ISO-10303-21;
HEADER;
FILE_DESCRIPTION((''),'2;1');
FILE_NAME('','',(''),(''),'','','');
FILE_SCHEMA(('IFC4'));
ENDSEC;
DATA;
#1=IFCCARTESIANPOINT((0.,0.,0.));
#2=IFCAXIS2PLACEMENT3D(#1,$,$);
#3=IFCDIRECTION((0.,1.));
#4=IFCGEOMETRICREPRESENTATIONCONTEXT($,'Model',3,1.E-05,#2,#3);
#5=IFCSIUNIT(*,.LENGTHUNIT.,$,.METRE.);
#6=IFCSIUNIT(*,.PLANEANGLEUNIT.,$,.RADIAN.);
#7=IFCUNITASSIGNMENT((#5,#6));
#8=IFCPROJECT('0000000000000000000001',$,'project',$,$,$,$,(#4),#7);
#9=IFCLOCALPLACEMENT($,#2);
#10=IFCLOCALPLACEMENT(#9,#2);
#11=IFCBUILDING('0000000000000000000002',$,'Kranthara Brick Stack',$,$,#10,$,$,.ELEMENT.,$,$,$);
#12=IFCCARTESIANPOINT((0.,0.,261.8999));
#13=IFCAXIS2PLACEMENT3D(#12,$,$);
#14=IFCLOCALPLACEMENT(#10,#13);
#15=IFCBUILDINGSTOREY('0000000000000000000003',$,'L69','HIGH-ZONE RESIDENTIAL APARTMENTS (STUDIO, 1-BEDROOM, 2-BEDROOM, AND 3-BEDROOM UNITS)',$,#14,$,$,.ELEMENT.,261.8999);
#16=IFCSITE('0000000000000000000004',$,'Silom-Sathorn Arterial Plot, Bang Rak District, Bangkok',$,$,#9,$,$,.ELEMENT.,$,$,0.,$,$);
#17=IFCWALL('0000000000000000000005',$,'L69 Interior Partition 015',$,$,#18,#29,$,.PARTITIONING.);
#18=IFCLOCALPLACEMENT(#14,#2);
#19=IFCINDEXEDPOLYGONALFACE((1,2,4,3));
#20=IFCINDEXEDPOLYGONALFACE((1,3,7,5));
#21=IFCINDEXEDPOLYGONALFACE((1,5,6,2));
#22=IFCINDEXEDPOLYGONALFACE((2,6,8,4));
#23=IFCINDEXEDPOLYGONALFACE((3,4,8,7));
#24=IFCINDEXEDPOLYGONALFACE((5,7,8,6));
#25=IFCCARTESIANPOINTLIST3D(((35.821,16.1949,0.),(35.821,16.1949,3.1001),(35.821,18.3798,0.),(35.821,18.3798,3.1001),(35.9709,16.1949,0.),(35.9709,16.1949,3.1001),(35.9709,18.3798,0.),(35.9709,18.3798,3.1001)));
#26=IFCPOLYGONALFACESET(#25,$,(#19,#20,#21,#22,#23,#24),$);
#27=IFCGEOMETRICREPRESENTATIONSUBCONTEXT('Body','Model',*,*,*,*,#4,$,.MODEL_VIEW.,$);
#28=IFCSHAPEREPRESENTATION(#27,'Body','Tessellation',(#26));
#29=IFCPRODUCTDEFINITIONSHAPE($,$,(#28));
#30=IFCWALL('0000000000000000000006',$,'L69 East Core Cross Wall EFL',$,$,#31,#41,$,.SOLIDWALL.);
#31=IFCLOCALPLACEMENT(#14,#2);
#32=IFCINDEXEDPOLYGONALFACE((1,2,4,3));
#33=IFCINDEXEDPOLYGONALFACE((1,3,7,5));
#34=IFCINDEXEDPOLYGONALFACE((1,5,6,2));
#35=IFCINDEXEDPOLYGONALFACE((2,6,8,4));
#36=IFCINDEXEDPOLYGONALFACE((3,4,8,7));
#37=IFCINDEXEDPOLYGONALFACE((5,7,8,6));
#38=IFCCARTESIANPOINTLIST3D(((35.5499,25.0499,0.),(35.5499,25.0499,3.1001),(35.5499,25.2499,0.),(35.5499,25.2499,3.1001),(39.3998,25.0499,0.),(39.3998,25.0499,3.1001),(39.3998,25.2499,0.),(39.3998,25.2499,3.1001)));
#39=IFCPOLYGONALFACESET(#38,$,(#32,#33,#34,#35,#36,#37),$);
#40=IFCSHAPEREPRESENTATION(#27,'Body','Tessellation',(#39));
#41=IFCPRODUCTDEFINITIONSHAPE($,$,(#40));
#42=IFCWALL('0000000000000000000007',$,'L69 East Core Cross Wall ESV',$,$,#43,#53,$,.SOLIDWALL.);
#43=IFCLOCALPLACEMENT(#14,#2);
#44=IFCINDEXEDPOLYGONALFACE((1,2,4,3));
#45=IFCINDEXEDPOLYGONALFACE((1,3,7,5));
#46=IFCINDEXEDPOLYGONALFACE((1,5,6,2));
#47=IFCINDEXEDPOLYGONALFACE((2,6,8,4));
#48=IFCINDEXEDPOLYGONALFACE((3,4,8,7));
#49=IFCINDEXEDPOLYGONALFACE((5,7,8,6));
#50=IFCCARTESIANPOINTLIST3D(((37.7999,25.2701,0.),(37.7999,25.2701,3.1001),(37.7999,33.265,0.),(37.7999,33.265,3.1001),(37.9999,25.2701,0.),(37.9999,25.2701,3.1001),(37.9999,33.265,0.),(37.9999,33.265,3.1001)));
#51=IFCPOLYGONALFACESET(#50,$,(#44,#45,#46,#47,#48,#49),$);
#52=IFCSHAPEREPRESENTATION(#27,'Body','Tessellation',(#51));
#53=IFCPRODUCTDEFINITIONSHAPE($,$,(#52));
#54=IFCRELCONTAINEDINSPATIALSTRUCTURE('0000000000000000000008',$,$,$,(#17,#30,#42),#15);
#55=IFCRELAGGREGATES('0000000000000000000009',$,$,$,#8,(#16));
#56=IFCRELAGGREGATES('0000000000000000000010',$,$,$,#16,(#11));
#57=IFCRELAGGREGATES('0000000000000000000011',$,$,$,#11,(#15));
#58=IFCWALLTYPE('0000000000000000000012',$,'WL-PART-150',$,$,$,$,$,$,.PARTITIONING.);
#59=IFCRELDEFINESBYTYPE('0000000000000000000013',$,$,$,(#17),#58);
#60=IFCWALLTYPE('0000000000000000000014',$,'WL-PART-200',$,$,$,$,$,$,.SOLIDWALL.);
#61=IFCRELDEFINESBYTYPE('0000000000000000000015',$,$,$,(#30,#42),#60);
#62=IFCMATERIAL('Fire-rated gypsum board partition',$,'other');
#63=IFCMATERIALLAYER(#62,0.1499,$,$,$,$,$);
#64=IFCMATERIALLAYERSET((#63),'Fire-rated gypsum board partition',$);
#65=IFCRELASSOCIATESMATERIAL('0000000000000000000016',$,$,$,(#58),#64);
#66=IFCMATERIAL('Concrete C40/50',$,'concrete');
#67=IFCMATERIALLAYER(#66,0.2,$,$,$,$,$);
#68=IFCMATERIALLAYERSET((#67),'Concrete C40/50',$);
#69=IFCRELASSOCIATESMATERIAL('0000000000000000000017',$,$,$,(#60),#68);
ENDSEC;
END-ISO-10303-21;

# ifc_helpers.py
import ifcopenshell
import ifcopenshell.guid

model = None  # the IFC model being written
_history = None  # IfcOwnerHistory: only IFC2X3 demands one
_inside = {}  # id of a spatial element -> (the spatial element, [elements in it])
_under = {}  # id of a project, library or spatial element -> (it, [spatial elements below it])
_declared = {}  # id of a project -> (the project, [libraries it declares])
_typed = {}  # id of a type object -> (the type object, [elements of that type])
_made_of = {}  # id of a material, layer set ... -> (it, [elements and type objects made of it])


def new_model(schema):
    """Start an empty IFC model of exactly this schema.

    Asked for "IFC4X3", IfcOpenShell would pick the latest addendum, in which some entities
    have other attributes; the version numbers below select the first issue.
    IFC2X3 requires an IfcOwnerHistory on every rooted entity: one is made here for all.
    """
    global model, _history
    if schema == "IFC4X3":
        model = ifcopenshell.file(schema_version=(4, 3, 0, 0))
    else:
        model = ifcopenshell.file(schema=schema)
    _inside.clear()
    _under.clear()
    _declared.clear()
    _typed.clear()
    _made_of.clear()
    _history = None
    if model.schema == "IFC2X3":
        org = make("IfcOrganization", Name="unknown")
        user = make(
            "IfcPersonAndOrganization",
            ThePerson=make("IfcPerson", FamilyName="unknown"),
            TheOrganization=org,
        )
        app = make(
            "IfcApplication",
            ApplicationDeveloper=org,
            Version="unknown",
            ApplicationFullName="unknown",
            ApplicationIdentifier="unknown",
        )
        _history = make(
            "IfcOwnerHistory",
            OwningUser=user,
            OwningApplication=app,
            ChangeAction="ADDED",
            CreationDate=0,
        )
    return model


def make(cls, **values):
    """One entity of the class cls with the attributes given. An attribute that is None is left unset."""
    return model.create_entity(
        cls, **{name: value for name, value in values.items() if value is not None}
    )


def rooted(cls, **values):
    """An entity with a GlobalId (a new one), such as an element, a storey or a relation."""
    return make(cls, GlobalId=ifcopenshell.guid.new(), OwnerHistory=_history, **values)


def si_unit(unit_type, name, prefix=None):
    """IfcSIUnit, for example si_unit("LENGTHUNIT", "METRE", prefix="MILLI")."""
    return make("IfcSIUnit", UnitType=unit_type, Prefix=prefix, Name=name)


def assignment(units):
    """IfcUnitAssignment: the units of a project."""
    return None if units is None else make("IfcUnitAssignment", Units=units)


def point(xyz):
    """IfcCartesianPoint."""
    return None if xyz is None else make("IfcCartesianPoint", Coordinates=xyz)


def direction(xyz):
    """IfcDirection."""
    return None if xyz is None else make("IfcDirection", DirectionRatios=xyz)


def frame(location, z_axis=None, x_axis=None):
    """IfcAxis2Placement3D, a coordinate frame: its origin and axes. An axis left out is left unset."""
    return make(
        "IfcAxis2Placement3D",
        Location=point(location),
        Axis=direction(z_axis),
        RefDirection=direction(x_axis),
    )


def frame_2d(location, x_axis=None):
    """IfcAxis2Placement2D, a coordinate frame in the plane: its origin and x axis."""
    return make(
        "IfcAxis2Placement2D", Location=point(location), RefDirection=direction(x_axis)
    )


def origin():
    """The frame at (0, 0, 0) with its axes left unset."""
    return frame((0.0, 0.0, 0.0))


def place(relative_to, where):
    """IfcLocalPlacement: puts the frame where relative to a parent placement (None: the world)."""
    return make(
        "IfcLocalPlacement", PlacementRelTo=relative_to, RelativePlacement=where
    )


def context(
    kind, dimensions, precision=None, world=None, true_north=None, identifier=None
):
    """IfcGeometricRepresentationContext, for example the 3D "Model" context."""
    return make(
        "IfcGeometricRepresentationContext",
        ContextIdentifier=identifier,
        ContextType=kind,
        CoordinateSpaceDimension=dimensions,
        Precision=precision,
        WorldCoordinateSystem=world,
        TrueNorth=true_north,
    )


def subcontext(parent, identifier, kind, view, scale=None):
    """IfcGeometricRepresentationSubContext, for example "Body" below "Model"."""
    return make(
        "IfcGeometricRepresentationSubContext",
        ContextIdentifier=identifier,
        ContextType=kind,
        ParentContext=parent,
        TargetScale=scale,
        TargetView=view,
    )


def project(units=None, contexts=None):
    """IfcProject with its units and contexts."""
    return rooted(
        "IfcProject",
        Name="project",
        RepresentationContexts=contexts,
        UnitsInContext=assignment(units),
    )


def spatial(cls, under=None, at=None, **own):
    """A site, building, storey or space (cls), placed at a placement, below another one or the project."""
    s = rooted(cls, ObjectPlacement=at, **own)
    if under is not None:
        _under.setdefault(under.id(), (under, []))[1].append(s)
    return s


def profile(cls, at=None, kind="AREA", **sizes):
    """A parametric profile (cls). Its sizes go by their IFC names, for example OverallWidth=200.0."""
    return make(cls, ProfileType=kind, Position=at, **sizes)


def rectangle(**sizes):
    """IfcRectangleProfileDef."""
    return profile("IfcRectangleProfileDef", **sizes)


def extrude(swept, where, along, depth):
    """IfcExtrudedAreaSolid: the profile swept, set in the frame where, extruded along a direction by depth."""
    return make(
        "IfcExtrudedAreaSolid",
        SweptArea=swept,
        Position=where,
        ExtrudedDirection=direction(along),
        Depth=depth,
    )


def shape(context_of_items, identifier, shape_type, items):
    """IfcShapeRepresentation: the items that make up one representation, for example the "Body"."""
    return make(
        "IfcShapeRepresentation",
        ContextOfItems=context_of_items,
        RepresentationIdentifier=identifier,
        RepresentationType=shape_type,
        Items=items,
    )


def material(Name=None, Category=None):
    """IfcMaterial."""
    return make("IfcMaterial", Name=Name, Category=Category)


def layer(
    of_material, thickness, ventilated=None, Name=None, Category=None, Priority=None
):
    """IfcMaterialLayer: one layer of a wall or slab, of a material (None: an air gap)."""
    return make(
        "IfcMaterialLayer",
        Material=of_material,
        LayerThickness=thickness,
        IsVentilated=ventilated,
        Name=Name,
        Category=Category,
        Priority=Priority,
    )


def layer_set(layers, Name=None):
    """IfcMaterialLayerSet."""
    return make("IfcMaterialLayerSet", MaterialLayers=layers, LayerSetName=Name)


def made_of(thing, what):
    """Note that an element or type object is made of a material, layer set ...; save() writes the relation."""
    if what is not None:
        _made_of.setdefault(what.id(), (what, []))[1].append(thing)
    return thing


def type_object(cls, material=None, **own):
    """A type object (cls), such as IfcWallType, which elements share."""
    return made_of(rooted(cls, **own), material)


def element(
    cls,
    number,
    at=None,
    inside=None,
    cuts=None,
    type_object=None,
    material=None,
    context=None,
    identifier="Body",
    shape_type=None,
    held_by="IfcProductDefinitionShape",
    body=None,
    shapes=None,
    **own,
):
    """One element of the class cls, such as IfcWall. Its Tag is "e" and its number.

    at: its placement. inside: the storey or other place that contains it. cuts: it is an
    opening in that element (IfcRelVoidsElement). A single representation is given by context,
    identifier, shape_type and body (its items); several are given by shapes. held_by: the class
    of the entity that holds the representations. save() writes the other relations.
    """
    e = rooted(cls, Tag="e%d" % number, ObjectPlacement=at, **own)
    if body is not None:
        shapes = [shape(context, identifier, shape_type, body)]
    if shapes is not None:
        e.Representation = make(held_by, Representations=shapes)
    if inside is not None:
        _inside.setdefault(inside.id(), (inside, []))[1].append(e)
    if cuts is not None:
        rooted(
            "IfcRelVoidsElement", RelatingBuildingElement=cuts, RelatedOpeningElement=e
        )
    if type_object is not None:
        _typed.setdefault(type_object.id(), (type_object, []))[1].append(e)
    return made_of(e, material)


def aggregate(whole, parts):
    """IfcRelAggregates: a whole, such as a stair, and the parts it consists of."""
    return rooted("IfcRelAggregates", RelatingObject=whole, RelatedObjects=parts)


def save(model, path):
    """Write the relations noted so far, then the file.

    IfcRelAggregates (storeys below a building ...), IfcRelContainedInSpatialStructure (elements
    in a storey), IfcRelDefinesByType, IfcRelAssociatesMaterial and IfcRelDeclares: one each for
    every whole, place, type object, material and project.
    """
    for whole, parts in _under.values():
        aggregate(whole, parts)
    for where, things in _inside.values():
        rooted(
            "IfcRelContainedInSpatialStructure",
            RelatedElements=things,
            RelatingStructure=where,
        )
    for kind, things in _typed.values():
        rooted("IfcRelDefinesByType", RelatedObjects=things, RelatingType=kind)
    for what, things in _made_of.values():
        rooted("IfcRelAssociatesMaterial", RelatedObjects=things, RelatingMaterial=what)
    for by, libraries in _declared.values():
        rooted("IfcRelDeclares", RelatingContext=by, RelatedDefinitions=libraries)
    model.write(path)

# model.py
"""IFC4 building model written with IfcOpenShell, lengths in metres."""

from ifc_helpers import new_model, si_unit, direction, frame, frame_2d, origin, place, context, subcontext, project, spatial, rectangle, extrude, material, layer, layer_set, type_object, element, save


model = new_model("IFC4")

# Units and contexts
model_context = context("Model", 3, precision=1e-05, world=origin(), true_north=direction((0.0, 1.0)))
body_context = subcontext(model_context, "Body", "Model", "MODEL_VIEW")
ifc_project = project(units=[si_unit("LENGTHUNIT", "METRE"), si_unit("PLANEANGLEUNIT", "RADIAN")], contexts=[model_context])

# Site, building, storey
site_placement = place(None, origin())
site = spatial("IfcSite", under=ifc_project, at=site_placement, Name="Silom-Sathorn Arterial Plot, Bang Rak District, Bangkok", CompositionType="ELEMENT", RefElevation=0.0)
building_placement = place(site_placement, origin())
building = spatial("IfcBuilding", under=site, at=building_placement, Name="Kranthara Brick Stack", CompositionType="ELEMENT")
storey_placement = place(building_placement, frame((0.0, 0.0, 261.8999)))
storey = spatial("IfcBuildingStorey", under=building, at=storey_placement, Name="L69", Description="HIGH-ZONE RESIDENTIAL APARTMENTS (STUDIO, 1-BEDROOM, 2-BEDROOM, AND 3-BEDROOM UNITS)", CompositionType="ELEMENT", Elevation=261.8999)

# Walls
ifc_material_1 = material(Name="Fire-rated gypsum board partition", Category="other")
ifc_layer_1 = layer(ifc_material_1, 0.1499)
ifc_layer_set_1 = layer_set([ifc_layer_1], Name="Fire-rated gypsum board partition")
wall_type_1 = type_object("IfcWallType", Name="WL-PART-150", PredefinedType="PARTITIONING", material=ifc_layer_set_1)
wall_1_placement = place(storey_placement, frame((35.896, 16.1951, 0.0), z_axis=(0.0, 0.0, 1.0), x_axis=(0.0, 1.0, 0.0)))
element("IfcWall", 1, at=wall_1_placement, inside=storey, type_object=wall_type_1, Name="L69 Interior Partition 015", PredefinedType="PARTITIONING", context=body_context, shape_type="SweptSolid", body=[
    extrude(rectangle(XDim=2.1848, YDim=0.1499, at=frame_2d((1.0923, 0.0))), origin(), (0.0, 0.0, 1.0), 3.1001),
])
ifc_material_2 = material(Name="Concrete C40/50", Category="concrete")
ifc_layer_2 = layer(ifc_material_2, 0.2)
ifc_layer_set_2 = layer_set([ifc_layer_2], Name="Concrete C40/50")
wall_type_2 = type_object("IfcWallType", Name="WL-PART-200", PredefinedType="SOLIDWALL", material=ifc_layer_set_2)
wall_2_placement = place(storey_placement, frame((35.55, 25.1499, 0.0), z_axis=(0.0, 0.0, 1.0), x_axis=(1.0, 0.0, 0.0)))
element("IfcWall", 2, at=wall_2_placement, inside=storey, type_object=wall_type_2, Name="L69 East Core Cross Wall EFL", PredefinedType="SOLIDWALL", context=body_context, shape_type="SweptSolid", body=[
    extrude(rectangle(XDim=3.8499, YDim=0.2, at=frame_2d((1.9248, 0.0))), origin(), (0.0, 0.0, 1.0), 3.1001),
])
wall_3_placement = place(storey_placement, frame((37.8999, 25.27, 0.0), z_axis=(0.0, 0.0, 1.0), x_axis=(0.0, 1.0, 0.0)))
element("IfcWall", 3, at=wall_3_placement, inside=storey, type_object=wall_type_2, Name="L69 East Core Cross Wall ESV", PredefinedType="SOLIDWALL", context=body_context, shape_type="SweptSolid", body=[
    extrude(rectangle(XDim=7.9949, YDim=0.2, at=frame_2d((3.9976, 0.0))), origin(), (0.0, 0.0, 1.0), 3.1001),
])

save(model, "model.ifc")
